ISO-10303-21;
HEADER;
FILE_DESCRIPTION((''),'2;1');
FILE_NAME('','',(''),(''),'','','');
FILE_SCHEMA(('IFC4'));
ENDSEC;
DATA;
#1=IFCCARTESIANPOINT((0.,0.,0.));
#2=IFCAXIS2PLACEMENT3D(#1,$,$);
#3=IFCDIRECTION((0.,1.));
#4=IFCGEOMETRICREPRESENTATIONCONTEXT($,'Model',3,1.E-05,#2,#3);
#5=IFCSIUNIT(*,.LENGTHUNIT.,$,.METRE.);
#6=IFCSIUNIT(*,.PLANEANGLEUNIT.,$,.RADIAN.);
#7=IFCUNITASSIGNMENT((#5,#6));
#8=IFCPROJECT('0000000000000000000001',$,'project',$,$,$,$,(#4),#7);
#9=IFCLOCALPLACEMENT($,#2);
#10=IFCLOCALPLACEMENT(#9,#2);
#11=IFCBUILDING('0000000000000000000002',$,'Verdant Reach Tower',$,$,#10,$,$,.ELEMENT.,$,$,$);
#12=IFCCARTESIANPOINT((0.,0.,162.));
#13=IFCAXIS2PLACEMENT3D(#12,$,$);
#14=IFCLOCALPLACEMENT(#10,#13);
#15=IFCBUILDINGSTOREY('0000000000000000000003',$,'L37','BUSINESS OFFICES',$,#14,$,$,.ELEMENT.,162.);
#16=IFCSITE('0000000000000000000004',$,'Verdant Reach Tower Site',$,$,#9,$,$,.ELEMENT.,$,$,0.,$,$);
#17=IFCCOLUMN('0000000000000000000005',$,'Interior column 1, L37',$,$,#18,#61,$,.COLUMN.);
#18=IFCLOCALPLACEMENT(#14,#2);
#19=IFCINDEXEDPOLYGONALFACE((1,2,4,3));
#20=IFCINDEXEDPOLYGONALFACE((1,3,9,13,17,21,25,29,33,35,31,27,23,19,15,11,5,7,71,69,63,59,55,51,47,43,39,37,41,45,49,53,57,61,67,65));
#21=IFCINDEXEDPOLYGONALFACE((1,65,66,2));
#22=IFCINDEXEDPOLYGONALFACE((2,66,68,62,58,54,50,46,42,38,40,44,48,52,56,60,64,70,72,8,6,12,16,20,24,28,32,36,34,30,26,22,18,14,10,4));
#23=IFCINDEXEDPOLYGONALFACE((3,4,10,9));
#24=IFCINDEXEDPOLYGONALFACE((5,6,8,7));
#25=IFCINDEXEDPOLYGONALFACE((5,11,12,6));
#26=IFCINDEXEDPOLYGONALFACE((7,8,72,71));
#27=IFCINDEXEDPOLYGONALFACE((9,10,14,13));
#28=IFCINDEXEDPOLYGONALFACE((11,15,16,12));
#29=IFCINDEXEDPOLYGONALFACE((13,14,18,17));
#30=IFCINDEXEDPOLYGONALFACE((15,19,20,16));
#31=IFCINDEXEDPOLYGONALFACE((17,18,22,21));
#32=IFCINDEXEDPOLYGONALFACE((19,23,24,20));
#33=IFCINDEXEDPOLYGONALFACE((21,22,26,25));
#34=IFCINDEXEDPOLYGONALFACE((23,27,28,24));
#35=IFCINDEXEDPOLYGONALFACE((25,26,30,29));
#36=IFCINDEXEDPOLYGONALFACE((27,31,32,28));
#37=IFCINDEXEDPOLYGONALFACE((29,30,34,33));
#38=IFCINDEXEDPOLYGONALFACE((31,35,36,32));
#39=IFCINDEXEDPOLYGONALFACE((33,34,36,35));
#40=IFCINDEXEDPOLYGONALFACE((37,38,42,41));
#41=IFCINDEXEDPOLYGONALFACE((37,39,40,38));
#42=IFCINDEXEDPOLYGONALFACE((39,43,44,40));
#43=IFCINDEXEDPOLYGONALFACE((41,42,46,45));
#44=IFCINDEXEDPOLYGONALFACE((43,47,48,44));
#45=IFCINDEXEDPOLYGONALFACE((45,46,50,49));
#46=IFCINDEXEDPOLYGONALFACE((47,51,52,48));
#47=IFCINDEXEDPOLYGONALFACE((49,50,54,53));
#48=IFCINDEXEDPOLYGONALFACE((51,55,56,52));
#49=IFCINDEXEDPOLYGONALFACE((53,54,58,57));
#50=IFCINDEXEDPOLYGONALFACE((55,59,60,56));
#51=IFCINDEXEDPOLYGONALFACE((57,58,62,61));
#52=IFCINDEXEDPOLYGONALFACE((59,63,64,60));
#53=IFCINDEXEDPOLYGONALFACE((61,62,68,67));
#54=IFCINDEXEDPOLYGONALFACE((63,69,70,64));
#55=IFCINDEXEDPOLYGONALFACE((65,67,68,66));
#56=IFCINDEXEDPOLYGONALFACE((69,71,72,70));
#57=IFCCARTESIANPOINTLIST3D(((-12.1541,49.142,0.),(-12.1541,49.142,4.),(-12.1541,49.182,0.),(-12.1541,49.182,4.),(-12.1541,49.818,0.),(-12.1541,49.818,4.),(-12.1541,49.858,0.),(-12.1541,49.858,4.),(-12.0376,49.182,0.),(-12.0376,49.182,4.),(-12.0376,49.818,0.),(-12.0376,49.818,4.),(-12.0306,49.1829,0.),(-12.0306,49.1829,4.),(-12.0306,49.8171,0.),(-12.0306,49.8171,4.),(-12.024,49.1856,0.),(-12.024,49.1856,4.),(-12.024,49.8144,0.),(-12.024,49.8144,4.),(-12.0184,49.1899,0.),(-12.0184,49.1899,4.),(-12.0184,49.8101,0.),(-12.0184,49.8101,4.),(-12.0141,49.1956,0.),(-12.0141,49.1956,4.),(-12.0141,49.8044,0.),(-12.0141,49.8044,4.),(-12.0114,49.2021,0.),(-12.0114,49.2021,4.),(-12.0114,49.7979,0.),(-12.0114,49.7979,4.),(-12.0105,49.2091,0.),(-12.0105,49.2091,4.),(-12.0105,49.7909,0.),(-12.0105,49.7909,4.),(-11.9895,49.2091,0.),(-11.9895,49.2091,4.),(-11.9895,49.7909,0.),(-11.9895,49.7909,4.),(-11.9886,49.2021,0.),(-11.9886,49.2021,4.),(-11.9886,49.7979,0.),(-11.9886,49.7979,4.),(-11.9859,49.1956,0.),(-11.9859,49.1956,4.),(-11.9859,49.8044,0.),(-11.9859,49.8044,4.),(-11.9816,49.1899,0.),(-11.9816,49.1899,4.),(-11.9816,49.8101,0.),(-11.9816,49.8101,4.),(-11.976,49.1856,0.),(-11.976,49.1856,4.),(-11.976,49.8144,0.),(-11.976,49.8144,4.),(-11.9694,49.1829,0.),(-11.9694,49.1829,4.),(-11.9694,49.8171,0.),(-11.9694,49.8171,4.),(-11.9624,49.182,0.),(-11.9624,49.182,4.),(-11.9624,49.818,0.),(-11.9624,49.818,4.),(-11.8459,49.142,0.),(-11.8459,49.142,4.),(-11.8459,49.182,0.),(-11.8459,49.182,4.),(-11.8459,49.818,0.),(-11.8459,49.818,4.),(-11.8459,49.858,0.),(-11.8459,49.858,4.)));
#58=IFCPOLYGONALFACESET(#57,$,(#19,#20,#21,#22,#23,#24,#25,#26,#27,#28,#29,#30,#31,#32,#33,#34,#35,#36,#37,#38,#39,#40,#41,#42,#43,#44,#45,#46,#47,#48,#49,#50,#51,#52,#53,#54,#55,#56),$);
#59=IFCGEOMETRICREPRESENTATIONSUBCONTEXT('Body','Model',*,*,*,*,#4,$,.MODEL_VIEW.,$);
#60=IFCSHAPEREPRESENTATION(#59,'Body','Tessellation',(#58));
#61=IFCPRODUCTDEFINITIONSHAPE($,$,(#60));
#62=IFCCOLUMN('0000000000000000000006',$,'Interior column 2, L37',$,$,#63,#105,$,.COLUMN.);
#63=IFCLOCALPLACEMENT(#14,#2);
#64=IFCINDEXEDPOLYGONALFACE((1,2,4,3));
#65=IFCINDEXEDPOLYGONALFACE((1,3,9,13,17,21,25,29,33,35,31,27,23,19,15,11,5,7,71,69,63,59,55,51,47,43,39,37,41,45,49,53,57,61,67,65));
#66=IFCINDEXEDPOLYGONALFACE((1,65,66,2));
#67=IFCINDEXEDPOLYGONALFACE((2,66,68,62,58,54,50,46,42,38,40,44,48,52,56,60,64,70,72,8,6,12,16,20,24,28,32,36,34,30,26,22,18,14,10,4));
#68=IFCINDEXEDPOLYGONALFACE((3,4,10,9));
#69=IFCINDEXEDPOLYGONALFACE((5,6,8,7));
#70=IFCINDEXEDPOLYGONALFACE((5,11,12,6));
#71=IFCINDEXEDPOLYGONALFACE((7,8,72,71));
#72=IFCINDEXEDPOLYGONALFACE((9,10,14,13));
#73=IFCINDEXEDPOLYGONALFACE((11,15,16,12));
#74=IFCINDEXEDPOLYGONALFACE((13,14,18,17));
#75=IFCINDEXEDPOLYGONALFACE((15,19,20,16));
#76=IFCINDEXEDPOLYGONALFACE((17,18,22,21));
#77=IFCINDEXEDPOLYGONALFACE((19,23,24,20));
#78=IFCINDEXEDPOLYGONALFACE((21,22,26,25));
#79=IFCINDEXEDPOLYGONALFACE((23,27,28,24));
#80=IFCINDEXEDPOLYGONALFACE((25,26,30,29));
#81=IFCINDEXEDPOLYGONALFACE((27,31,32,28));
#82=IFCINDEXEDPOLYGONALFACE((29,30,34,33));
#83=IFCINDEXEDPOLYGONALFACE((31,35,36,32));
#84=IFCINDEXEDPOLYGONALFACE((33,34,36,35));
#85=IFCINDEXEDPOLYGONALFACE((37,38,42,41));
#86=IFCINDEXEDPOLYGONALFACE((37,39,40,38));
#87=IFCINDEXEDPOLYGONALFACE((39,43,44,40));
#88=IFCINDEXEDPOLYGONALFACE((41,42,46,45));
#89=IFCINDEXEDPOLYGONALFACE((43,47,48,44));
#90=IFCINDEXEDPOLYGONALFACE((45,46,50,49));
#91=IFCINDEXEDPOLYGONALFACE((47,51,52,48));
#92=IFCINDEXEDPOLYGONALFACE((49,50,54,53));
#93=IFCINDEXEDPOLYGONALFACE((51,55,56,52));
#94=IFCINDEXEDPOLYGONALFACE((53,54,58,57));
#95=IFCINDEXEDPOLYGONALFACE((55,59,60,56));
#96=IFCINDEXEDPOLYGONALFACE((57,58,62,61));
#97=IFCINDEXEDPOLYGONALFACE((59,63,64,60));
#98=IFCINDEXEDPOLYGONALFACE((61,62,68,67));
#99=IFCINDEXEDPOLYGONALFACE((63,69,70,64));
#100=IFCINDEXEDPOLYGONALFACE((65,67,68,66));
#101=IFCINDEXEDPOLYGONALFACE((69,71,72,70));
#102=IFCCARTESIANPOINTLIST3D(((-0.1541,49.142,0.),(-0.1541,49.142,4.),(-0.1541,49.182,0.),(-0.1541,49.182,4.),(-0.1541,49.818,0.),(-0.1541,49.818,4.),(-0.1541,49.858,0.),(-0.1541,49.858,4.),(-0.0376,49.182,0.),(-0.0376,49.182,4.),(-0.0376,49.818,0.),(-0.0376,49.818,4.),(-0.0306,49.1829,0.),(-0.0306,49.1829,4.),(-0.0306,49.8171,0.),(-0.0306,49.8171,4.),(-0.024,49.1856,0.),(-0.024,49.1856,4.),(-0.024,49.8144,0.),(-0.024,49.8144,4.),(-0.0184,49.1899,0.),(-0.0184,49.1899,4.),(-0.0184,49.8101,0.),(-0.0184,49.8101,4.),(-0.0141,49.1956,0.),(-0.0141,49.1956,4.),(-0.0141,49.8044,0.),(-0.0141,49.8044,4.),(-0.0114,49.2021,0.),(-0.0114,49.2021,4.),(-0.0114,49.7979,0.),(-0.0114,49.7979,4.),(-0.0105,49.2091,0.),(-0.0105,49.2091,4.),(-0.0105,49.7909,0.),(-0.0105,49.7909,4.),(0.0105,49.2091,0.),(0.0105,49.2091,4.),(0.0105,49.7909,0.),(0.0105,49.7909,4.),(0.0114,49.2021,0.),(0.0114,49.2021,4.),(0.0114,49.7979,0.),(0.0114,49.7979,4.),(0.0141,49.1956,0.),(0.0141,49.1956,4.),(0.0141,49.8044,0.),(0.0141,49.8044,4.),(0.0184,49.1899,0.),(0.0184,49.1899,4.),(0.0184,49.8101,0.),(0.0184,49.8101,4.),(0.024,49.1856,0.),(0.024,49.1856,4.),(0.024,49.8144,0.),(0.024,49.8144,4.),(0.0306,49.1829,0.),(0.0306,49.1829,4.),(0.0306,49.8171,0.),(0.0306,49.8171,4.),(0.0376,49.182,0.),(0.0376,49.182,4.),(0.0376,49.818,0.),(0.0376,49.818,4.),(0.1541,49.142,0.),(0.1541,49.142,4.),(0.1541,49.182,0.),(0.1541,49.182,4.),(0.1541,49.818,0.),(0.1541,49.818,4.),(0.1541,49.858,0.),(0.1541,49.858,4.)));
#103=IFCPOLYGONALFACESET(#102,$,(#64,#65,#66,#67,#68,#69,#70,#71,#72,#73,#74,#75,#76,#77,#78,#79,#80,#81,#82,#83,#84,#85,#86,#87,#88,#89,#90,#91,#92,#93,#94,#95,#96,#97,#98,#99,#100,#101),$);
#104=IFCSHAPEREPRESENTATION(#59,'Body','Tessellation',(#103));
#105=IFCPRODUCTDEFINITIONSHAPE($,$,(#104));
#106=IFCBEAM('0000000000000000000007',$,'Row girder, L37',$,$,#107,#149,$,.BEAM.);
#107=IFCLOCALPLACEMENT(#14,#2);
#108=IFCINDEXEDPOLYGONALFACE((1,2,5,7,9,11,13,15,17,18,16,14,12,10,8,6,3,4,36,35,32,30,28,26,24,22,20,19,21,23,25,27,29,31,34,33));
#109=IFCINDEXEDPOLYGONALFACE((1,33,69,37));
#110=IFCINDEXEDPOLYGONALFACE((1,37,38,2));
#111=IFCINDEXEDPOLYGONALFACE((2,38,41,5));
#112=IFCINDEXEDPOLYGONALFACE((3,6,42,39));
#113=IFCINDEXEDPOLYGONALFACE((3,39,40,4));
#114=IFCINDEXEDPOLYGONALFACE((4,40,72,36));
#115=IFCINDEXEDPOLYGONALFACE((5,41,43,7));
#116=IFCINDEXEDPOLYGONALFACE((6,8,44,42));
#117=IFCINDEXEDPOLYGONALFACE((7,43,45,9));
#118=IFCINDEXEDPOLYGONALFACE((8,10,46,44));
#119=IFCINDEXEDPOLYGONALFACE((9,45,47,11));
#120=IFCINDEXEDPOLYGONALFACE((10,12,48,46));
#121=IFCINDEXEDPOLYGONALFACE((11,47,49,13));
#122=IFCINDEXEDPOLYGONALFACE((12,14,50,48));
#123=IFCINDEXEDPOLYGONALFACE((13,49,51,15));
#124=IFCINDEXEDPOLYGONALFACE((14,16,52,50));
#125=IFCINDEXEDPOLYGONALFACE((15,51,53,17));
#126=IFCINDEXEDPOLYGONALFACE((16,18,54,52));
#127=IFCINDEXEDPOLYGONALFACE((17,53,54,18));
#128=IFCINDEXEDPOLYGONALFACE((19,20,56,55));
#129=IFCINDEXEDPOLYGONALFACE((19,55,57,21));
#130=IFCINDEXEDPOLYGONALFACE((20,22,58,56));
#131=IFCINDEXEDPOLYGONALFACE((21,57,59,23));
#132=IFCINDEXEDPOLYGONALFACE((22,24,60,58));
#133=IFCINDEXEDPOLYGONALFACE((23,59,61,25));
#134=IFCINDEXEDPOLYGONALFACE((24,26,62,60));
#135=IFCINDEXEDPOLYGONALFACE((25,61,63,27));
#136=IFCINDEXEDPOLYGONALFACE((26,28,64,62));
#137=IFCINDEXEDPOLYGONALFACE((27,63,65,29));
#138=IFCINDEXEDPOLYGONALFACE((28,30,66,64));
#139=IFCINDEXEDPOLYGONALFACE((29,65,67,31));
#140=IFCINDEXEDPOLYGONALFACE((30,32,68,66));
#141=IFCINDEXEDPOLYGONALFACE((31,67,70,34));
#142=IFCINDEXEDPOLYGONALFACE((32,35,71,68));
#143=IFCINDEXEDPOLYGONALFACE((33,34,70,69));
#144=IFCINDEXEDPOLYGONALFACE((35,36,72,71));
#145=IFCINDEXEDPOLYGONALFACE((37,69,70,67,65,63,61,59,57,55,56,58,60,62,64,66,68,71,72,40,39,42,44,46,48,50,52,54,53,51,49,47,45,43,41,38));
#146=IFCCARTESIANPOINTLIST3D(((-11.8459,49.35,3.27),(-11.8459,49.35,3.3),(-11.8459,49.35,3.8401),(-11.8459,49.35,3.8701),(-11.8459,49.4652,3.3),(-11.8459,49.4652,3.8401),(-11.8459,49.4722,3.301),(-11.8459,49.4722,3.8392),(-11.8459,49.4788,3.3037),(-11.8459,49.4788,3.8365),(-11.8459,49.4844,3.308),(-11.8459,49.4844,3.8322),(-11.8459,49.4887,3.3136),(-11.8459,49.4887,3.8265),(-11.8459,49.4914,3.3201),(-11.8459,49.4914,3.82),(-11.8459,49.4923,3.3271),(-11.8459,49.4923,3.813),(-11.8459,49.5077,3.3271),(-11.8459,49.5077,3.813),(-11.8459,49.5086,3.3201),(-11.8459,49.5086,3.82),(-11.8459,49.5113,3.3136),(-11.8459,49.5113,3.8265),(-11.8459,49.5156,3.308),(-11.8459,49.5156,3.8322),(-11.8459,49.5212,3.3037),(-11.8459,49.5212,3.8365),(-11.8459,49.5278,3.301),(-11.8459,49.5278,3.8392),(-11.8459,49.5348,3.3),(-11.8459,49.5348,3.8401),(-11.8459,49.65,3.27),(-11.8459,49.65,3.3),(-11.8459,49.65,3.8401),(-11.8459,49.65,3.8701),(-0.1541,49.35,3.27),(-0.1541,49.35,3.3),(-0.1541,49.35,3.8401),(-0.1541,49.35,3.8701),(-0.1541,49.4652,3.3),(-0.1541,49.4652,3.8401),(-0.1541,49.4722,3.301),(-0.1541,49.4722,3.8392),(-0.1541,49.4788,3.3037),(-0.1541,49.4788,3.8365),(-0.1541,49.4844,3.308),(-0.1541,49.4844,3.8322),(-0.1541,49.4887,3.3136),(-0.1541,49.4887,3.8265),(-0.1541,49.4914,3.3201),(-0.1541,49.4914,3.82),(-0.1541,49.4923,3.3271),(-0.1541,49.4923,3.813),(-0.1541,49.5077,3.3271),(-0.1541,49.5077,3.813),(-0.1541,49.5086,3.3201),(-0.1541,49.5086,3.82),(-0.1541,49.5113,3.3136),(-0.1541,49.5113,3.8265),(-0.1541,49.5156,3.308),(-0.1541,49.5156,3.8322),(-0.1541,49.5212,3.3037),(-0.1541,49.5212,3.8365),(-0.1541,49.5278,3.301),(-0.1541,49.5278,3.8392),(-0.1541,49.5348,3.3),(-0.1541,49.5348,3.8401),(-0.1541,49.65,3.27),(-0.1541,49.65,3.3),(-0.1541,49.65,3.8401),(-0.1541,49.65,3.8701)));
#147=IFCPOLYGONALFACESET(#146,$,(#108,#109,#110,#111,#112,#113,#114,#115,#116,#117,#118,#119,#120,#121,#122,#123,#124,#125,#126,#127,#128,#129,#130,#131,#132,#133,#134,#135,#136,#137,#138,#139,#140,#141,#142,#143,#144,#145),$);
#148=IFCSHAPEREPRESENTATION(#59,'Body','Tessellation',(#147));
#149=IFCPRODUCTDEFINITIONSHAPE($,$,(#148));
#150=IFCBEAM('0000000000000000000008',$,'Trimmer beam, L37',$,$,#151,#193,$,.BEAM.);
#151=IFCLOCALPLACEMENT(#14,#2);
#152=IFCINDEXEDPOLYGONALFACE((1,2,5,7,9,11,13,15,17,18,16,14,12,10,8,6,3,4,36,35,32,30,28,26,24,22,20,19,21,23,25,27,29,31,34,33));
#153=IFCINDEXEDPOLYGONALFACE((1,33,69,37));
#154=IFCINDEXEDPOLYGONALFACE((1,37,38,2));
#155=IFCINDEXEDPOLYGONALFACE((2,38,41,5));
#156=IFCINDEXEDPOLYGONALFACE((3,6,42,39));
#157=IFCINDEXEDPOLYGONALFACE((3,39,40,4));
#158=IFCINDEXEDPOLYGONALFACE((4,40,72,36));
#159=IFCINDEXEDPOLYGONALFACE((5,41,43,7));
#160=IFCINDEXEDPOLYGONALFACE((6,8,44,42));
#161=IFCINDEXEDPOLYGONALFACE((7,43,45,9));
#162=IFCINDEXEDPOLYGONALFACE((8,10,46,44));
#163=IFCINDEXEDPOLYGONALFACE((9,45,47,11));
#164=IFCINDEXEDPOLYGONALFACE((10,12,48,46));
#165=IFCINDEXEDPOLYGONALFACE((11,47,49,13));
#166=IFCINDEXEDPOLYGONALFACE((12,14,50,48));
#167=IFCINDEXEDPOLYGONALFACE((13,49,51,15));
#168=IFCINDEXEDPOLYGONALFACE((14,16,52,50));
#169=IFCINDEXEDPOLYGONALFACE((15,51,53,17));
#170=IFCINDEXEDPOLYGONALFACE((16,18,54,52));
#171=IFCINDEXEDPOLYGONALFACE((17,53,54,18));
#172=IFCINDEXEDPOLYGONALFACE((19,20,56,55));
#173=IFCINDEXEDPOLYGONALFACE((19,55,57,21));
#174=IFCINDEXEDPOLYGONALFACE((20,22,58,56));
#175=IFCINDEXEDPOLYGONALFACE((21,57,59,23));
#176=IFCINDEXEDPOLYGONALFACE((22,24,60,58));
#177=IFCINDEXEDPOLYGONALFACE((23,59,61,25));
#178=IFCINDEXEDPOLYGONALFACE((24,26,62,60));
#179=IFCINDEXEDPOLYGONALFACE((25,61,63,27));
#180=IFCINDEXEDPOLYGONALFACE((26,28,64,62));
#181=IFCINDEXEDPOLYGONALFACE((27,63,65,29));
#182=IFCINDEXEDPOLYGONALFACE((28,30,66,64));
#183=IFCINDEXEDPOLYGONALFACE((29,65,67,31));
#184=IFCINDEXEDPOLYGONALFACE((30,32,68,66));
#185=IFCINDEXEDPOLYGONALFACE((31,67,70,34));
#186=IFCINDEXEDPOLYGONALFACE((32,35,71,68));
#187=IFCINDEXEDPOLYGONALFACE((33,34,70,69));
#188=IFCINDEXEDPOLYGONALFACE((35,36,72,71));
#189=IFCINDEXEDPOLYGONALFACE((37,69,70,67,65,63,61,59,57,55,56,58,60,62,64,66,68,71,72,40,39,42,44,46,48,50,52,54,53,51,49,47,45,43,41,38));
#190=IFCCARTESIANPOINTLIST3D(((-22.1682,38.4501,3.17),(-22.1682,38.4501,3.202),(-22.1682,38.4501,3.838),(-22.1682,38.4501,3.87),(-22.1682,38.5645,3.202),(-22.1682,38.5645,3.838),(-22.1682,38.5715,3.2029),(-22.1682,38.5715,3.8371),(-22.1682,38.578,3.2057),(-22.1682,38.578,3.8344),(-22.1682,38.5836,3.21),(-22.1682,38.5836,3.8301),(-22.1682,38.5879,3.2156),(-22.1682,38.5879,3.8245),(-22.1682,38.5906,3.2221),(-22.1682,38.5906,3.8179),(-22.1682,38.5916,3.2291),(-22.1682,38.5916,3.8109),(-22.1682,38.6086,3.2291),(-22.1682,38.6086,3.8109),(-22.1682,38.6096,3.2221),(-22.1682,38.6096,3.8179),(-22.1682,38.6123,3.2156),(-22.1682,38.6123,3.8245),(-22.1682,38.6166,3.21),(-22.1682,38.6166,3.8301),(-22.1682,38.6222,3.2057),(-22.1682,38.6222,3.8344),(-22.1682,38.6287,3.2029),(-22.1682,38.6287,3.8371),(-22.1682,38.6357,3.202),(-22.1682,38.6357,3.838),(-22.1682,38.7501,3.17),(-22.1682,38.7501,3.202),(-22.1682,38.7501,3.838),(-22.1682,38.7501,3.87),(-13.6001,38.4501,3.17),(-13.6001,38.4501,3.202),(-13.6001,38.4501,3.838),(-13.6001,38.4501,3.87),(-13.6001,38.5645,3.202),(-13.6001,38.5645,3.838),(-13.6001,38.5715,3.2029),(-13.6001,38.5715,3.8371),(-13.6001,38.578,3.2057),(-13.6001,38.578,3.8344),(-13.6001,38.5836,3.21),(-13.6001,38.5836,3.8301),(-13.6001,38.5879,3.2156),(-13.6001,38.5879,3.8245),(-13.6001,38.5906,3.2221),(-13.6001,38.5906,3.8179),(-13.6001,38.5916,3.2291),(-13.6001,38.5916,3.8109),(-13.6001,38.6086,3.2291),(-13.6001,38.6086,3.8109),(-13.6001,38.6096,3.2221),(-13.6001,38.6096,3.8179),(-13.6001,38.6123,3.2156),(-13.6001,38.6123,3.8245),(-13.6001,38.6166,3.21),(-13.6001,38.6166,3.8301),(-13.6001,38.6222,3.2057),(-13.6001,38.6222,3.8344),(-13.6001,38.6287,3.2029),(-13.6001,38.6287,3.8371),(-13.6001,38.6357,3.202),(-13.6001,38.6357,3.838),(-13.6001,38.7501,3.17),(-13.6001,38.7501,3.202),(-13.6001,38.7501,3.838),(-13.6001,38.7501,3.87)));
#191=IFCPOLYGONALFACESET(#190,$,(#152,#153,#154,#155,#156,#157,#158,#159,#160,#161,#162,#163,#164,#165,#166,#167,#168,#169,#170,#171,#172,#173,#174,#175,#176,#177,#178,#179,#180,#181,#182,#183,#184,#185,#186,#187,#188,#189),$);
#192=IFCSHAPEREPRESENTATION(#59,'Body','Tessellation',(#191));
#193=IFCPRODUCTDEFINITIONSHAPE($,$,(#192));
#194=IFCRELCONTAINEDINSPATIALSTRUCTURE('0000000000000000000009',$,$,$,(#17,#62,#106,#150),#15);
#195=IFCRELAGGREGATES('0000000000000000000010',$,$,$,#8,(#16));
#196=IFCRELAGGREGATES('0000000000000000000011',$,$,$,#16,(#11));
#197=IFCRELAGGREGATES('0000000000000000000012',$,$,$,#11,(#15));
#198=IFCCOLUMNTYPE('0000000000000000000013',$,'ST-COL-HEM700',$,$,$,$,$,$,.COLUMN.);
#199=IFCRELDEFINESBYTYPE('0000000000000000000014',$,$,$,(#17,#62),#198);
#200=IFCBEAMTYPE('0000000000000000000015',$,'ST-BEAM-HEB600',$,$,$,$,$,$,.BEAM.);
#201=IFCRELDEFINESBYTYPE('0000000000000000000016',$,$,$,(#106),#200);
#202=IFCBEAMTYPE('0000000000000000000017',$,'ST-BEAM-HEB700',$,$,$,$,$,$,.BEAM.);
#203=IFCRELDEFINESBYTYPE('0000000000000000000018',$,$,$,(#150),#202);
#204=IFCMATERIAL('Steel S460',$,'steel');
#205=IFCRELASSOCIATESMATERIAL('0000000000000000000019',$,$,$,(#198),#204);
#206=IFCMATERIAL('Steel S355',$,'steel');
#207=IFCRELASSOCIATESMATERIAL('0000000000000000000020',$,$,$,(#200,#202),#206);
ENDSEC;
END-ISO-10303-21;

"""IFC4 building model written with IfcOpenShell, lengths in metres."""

from ifc_helpers import new_model, si_unit, direction, frame, origin, origin_2d, place, context, subcontext, project, spatial, i_section, extrude, material, material_profile, profile_set, type_object, element, save


model = new_model("IFC4")

# Units and contexts
model_context = context("Model", 3, precision=1e-05, world=origin(), true_north=direction((0.0, 1.0)))
body_context = subcontext(model_context, "Body", "Model", "MODEL_VIEW")
ifc_project = project(units=[si_unit("LENGTHUNIT", "METRE"), si_unit("PLANEANGLEUNIT", "RADIAN")], contexts=[model_context])

# Site, building, storey
site_placement = place(None, origin())
site = spatial("IfcSite", under=ifc_project, at=site_placement, Name="Verdant Reach Tower Site", CompositionType="ELEMENT", RefElevation=0.0)
building_placement = place(site_placement, origin())
building = spatial("IfcBuilding", under=site, at=building_placement, Name="Verdant Reach Tower", CompositionType="ELEMENT")
storey_placement = place(building_placement, frame((0.0, 0.0, 162.0)))
storey = spatial("IfcBuildingStorey", under=building, at=storey_placement, Name="L37", Description="BUSINESS OFFICES", CompositionType="ELEMENT", Elevation=162.0)

# Columns
ifc_material_1 = material(Name="Steel S460", Category="steel")
ifc_material_profile_1 = material_profile(ifc_material_1, i_section(OverallWidth=0.3081, OverallDepth=0.7161, WebThickness=0.021, FlangeThickness=0.04, FilletRadius=0.0271, at=origin_2d()), Name="HEM 700")
ifc_profile_set_1 = profile_set([ifc_material_profile_1], Name="Steel S460")
column_type = type_object("IfcColumnType", Name="ST-COL-HEM700", PredefinedType="COLUMN", material=ifc_profile_set_1)
for number, where, z_axis, x_axis, name in (
    (1, (-12.0, 49.5, 0.0), (0.0, 0.0, 1.0), (1.0, 0.0, 0.0), "Interior column 1, L37"),
    (2, (0.0, 49.5, 0.0), (0.0, 0.0, 1.0), (1.0, 0.0, 0.0), "Interior column 2, L37"),
):
    element("IfcColumn", number, at=place(storey_placement, frame(where, z_axis=z_axis, x_axis=x_axis)), inside=storey, type_object=column_type, Name=name, PredefinedType="COLUMN", context=body_context, shape_type="SweptSolid", body=[
        extrude(i_section(OverallWidth=0.3081, OverallDepth=0.7161, WebThickness=0.021, FlangeThickness=0.04, FilletRadius=0.0271, at=origin_2d()), origin(), (0.0, 0.0, 1.0), 4.0),
    ])

# Beams
ifc_material_2 = material(Name="Steel S355", Category="steel")
ifc_material_profile_2 = material_profile(ifc_material_2, i_section(OverallWidth=0.3, OverallDepth=0.6001, WebThickness=0.0154, FlangeThickness=0.03, FilletRadius=0.0271, at=origin_2d()), Name="HEB 600")
ifc_profile_set_2 = profile_set([ifc_material_profile_2], Name="Steel S355")
beam_type_1 = type_object("IfcBeamType", Name="ST-BEAM-HEB600", PredefinedType="BEAM", material=ifc_profile_set_2)
beam_1_placement = place(storey_placement, frame((-11.8459, 49.5, 3.5701), z_axis=(1.0, 0.0, 0.0), x_axis=(0.0, 1.0, 0.0)))
element("IfcBeam", 3, at=beam_1_placement, inside=storey, type_object=beam_type_1, Name="Row girder, L37", PredefinedType="BEAM", context=body_context, shape_type="SweptSolid", body=[
    extrude(i_section(OverallWidth=0.3, OverallDepth=0.6001, WebThickness=0.0154, FlangeThickness=0.03, FilletRadius=0.0271, at=origin_2d()), origin(), (0.0, 0.0, 1.0), 11.6919),
])
ifc_material_profile_3 = material_profile(ifc_material_2, i_section(OverallWidth=0.3, OverallDepth=0.7, WebThickness=0.0171, FlangeThickness=0.032, FilletRadius=0.0271, at=origin_2d()), Name="HEB 700")
ifc_profile_set_3 = profile_set([ifc_material_profile_3], Name="Steel S355")
beam_type_2 = type_object("IfcBeamType", Name="ST-BEAM-HEB700", PredefinedType="BEAM", material=ifc_profile_set_3)
beam_2_placement = place(storey_placement, frame((-13.6001, 38.6001, 3.52), z_axis=(-1.0, 0.0, 0.0), x_axis=(0.0, -1.0, 0.0)))
element("IfcBeam", 4, at=beam_2_placement, inside=storey, type_object=beam_type_2, Name="Trimmer beam, L37", PredefinedType="BEAM", context=body_context, shape_type="SweptSolid", body=[
    extrude(i_section(OverallWidth=0.3, OverallDepth=0.7, WebThickness=0.0171, FlangeThickness=0.032, FilletRadius=0.0271, at=origin_2d()), origin(), (0.0, 0.0, 1.0), 8.5681),
])

save(model, "model.ifc")
